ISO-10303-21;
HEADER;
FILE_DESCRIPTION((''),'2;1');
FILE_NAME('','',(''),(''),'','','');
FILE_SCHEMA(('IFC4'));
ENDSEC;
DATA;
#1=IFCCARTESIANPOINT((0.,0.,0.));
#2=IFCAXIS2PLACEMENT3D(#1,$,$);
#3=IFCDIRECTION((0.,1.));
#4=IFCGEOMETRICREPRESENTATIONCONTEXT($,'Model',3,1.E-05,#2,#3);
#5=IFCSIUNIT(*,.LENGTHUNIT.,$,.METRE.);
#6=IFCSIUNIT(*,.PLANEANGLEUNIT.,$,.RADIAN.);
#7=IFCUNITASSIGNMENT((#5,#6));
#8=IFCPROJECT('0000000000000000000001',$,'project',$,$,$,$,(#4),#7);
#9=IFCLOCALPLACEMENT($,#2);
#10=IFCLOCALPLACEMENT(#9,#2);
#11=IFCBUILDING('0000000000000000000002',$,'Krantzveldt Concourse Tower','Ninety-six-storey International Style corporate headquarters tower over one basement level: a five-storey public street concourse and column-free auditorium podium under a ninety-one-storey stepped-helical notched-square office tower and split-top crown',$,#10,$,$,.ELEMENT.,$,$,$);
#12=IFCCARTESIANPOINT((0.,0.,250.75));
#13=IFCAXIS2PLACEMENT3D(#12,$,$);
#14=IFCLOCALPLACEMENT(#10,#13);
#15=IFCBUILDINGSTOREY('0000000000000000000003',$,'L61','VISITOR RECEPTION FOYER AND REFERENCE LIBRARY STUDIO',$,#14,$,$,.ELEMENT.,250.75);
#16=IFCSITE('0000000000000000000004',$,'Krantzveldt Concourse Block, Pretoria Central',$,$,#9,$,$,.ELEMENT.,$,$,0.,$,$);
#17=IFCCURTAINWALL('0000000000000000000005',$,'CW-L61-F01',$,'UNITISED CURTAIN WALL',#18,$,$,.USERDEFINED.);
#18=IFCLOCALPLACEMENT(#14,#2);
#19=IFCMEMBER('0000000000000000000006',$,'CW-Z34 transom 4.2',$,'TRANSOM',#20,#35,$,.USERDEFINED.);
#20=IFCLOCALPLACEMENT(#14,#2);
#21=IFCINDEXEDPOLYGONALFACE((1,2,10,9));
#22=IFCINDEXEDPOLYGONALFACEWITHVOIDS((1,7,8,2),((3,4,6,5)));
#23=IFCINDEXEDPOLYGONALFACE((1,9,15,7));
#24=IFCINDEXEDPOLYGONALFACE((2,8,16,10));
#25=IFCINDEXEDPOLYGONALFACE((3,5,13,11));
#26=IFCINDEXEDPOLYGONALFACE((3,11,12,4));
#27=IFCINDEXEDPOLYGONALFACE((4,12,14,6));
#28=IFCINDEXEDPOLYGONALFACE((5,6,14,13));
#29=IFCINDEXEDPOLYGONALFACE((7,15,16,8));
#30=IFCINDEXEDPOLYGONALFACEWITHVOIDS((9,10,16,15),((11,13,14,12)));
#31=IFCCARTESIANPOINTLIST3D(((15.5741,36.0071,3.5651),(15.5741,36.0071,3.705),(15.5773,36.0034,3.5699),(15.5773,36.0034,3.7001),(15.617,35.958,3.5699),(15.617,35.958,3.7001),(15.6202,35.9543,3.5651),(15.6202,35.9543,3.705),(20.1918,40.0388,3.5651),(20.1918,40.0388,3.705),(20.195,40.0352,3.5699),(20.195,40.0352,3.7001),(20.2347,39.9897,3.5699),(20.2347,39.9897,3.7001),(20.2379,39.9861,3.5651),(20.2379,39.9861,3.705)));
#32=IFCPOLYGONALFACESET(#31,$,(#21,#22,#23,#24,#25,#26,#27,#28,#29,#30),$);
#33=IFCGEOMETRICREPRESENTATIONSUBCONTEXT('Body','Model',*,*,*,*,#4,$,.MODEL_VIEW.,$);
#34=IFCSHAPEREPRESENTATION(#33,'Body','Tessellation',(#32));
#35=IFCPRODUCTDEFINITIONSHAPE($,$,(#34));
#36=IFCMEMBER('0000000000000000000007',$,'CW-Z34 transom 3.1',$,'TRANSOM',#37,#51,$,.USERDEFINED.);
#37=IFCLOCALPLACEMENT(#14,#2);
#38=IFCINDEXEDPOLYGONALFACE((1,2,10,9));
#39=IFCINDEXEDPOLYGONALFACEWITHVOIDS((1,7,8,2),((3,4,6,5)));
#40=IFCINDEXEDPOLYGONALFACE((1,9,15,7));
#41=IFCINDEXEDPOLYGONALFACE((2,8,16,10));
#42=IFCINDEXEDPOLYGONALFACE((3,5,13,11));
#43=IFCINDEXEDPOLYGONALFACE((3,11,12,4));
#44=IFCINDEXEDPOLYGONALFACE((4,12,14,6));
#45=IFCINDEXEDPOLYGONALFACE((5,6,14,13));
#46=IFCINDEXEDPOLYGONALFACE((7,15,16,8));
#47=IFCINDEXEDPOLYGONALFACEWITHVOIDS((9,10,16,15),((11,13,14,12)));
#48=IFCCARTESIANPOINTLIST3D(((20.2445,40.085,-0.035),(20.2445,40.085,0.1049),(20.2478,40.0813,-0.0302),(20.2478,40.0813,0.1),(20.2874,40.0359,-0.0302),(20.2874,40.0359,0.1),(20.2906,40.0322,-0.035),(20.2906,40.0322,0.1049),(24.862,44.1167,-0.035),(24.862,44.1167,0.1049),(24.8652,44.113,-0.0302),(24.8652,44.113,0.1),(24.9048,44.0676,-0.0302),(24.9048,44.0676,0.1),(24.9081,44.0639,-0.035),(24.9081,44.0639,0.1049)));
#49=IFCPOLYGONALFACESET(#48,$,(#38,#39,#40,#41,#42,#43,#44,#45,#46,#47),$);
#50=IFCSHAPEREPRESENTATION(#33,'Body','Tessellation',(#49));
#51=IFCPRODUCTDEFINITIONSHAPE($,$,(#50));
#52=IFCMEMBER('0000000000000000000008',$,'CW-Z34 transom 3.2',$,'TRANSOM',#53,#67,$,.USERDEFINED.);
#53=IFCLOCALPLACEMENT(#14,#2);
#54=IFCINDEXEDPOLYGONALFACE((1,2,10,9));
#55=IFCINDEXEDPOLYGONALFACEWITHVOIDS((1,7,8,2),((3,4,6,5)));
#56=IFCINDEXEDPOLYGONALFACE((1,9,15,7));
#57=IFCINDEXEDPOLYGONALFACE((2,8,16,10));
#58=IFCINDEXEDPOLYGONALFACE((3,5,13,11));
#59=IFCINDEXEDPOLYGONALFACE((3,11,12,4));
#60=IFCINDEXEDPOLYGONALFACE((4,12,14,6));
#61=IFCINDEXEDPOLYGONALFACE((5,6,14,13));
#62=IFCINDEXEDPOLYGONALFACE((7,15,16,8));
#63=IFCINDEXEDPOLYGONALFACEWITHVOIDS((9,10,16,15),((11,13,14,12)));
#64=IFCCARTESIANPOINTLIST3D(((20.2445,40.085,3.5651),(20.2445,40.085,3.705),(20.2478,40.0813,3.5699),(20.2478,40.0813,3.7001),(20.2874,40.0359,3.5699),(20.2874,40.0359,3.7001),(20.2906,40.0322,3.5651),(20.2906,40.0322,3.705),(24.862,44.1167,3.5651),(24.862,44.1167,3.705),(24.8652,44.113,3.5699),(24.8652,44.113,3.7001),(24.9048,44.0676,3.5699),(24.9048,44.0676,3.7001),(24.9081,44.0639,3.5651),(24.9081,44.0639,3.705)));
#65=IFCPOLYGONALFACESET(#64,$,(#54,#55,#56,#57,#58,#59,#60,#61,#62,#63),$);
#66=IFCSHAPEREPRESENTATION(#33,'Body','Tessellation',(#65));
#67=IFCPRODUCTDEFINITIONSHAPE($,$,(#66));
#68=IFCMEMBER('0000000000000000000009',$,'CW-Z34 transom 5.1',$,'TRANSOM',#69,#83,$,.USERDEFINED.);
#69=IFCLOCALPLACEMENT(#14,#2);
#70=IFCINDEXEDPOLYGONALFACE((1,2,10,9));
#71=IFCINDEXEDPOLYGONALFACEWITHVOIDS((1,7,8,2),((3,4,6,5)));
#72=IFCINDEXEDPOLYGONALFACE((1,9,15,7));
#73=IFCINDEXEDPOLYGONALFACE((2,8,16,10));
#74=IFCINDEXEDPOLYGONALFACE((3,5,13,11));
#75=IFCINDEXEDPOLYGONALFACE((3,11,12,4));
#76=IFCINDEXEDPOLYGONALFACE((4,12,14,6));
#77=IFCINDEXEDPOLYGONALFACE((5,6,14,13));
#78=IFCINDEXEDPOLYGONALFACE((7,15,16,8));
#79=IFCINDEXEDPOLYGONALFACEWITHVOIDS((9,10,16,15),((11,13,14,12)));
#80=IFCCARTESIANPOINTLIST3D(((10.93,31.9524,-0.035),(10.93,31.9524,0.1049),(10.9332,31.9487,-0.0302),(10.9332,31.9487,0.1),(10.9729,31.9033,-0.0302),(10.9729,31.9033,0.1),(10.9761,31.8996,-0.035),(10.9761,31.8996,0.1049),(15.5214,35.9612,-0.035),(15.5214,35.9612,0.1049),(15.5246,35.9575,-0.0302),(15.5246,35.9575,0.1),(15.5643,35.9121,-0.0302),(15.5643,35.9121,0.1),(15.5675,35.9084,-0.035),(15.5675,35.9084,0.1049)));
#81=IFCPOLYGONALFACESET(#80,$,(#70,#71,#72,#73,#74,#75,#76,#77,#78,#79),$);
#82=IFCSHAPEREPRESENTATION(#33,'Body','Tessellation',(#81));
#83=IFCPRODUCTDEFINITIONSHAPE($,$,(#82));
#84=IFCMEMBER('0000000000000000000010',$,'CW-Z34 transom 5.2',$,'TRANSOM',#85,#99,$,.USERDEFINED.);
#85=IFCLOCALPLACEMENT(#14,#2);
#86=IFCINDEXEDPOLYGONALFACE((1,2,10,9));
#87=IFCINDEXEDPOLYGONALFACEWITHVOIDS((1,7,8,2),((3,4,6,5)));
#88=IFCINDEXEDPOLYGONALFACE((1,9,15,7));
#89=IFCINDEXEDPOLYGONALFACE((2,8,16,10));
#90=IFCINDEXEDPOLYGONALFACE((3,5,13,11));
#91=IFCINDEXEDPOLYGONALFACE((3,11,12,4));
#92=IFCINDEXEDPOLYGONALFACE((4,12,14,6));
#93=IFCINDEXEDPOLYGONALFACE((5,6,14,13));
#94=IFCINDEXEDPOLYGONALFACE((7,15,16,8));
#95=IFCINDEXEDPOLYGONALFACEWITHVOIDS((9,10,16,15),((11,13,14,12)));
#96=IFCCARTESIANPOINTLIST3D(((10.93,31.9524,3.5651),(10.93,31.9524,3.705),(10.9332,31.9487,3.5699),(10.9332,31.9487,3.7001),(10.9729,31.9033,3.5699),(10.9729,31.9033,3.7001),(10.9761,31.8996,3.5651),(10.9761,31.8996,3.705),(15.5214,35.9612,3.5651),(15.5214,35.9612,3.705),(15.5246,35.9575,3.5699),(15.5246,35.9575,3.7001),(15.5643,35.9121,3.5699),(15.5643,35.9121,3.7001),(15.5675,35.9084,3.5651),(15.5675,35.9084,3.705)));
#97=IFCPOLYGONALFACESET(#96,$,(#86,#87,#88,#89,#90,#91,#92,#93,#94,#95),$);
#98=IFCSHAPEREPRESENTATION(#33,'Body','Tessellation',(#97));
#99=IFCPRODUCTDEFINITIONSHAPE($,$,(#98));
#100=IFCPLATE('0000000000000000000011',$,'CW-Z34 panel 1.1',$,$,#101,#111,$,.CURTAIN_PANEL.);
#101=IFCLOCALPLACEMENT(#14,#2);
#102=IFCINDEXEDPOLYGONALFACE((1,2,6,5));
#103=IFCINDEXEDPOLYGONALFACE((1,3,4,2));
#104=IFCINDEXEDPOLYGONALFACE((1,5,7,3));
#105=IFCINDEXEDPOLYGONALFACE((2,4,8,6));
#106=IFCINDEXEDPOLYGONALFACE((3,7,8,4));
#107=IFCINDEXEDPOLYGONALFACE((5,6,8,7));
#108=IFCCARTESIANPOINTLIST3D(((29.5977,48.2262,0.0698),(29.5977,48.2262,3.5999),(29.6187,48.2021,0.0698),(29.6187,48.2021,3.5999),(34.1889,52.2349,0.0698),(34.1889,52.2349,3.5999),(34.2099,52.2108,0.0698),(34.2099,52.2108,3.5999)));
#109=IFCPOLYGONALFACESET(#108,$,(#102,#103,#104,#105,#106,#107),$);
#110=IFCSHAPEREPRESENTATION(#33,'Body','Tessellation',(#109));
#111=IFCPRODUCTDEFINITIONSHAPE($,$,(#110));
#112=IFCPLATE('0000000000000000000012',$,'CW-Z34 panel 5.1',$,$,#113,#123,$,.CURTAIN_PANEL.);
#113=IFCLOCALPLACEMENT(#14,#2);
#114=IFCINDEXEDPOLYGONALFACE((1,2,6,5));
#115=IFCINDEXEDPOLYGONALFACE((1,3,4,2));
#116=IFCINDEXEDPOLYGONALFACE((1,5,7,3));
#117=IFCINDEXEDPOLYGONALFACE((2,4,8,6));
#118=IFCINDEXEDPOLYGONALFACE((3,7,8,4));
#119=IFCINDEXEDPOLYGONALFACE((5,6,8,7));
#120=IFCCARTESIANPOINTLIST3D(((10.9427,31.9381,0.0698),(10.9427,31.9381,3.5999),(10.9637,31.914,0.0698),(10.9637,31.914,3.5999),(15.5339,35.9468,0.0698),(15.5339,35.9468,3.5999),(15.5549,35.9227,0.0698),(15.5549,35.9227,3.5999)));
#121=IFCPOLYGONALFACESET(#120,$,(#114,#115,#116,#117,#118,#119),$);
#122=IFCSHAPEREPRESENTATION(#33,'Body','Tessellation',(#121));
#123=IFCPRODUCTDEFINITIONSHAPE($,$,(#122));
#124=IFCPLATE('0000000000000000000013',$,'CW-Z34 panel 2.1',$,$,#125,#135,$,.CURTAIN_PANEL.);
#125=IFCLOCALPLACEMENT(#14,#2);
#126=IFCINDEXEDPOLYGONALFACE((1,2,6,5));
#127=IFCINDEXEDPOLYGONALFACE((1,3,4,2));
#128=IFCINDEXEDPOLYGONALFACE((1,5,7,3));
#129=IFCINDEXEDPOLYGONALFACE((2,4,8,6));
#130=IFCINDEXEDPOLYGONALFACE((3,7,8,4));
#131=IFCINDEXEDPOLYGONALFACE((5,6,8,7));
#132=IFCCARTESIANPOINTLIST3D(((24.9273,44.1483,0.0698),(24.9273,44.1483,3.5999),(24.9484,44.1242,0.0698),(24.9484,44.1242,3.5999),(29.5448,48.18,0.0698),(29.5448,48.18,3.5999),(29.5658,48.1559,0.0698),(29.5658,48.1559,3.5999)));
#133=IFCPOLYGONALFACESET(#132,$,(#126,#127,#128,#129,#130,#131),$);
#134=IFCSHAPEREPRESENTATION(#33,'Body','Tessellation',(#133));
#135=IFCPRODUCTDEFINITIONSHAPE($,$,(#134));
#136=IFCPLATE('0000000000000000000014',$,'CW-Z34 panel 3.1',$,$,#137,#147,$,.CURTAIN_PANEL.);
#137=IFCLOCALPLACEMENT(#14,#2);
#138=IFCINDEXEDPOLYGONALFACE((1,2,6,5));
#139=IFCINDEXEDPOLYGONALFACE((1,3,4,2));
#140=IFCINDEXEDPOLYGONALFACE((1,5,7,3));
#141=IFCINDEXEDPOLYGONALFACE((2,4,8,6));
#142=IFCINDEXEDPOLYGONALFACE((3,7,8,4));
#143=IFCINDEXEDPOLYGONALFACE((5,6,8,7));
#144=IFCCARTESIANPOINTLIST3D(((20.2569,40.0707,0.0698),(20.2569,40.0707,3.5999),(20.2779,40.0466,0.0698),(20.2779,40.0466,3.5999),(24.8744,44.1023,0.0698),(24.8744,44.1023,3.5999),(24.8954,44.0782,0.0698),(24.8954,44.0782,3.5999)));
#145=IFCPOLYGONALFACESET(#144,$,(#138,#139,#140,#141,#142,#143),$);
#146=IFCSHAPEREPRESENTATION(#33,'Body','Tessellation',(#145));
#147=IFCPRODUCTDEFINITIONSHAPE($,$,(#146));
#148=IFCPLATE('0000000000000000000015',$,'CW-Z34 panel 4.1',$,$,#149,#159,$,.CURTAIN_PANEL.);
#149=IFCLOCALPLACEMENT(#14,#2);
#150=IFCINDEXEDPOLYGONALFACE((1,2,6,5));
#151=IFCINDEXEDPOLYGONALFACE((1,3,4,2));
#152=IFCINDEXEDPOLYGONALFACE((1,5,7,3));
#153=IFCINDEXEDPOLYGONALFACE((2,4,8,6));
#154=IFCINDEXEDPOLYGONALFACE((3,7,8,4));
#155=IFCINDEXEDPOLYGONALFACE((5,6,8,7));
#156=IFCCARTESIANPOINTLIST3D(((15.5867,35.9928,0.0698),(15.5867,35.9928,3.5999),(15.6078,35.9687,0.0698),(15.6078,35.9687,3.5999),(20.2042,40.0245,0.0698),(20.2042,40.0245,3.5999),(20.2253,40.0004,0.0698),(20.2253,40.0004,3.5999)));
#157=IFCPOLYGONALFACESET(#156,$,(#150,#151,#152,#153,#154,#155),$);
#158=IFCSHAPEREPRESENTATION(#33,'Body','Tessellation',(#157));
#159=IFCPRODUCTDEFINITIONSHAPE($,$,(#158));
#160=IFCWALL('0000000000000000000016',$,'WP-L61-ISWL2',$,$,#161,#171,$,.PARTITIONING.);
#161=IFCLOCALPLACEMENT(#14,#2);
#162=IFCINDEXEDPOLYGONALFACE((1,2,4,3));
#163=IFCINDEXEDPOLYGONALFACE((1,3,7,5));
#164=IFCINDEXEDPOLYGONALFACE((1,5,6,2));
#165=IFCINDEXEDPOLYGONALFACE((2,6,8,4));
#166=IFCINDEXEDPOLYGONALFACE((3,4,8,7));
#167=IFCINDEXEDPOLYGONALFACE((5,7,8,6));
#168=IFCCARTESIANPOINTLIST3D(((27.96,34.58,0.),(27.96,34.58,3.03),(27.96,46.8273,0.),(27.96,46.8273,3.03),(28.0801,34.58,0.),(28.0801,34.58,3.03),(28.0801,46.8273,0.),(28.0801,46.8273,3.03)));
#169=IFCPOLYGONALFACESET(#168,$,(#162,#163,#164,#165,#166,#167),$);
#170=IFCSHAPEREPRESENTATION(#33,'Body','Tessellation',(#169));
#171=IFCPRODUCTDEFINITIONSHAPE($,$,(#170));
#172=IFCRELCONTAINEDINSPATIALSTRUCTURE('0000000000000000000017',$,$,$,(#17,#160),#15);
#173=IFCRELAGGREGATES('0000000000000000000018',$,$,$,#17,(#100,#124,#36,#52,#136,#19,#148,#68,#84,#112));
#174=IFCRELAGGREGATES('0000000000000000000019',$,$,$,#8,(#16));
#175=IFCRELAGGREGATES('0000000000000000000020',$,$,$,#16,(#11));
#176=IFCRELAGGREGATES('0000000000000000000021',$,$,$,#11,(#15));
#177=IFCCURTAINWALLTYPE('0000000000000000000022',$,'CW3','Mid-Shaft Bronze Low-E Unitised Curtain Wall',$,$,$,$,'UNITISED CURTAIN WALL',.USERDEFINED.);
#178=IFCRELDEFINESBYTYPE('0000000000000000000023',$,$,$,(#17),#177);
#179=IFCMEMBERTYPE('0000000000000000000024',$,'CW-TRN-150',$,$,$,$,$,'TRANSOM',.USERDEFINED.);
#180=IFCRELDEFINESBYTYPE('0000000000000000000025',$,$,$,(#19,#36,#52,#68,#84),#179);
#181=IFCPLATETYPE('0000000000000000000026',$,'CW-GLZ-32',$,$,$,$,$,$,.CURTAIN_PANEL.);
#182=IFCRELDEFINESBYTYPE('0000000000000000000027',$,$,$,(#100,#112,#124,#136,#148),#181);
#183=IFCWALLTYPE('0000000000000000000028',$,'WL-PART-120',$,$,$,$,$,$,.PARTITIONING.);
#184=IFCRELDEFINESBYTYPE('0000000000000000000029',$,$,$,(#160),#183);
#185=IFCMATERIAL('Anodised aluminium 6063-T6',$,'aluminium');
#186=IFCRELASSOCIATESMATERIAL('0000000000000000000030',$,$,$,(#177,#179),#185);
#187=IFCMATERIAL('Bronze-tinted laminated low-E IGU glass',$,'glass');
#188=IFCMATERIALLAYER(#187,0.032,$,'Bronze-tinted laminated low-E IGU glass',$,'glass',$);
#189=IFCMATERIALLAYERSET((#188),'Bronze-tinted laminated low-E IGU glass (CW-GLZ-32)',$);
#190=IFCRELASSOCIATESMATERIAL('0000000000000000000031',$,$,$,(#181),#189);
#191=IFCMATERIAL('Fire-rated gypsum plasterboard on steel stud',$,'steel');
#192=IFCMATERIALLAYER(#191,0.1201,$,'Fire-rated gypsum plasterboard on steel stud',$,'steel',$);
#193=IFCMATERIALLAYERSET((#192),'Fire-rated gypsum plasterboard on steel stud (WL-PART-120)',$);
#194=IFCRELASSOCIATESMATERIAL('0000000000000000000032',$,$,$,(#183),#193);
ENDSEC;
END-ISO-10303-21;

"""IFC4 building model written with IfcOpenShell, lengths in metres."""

from ifc_helpers import new_model, si_unit, direction, frame, frame_2d, origin, origin_2d, place, context, subcontext, project, spatial, rectangle, hollow_rectangle, extrude, source, transform, mapped, material, layer, layer_set, material_profile, profile_set, type_object, type_shapes, element, aggregate, save


model = new_model("IFC4")

# Units and contexts
model_context = context("Model", 3, precision=1e-05, world=origin(), true_north=direction((0.0, 1.0)))
body_context = subcontext(model_context, "Body", "Model", "MODEL_VIEW")
ifc_project = project(units=[si_unit("LENGTHUNIT", "METRE"), si_unit("PLANEANGLEUNIT", "RADIAN")], contexts=[model_context])

# Site, building, storey
site_placement = place(None, origin())
site = spatial("IfcSite", under=ifc_project, at=site_placement, Name="Krantzveldt Concourse Block, Pretoria Central", CompositionType="ELEMENT", RefElevation=0.0)
building_placement = place(site_placement, origin())
building = spatial("IfcBuilding", under=site, at=building_placement, Name="Krantzveldt Concourse Tower", Description="Ninety-six-storey International Style corporate headquarters tower over one basement level: a five-storey public street concourse and column-free auditorium podium under a ninety-one-storey stepped-helical notched-square office tower and split-top crown", CompositionType="ELEMENT")
storey_placement = place(building_placement, frame((0.0, 0.0, 250.75)))
storey = spatial("IfcBuildingStorey", under=building, at=storey_placement, Name="L61", Description="VISITOR RECEPTION FOYER AND REFERENCE LIBRARY STUDIO", CompositionType="ELEMENT", Elevation=250.75)

# Curtain wall, members, plates
ifc_material_1 = material(Name="Anodised aluminium 6063-T6", Category="aluminium")
curtain_wall_type = type_object("IfcCurtainWallType", Name="CW3", Description="Mid-Shaft Bronze Low-E Unitised Curtain Wall", ElementType="UNITISED CURTAIN WALL", PredefinedType="USERDEFINED", material=ifc_material_1)
curtain_wall_placement = place(storey_placement, origin())
curtain_wall = element("IfcCurtainWall", 1, at=curtain_wall_placement, inside=storey, type_object=curtain_wall_type, Name="CW-L61-F01", ObjectType="UNITISED CURTAIN WALL", PredefinedType="USERDEFINED")
ifc_material_profile_1 = material_profile(ifc_material_1, hollow_rectangle(XDim=0.0701, YDim=0.1399, WallThickness=0.0049, at=origin_2d()), Name="Anodised aluminium 6063-T6", Category="aluminium")
ifc_profile_set_1 = profile_set([ifc_material_profile_1], Name="Anodised aluminium 6063-T6 - ALU-TRAN 140x70x5")
member_type_1 = type_object("IfcMemberType", Name="CW-TRN-150", ElementType="TRANSOM", PredefinedType="USERDEFINED", material=ifc_profile_set_1)
shared_shape_1 = source(origin(), body_context, "Body", "SweptSolid", [
    extrude(hollow_rectangle(XDim=0.0701, YDim=0.1399, WallThickness=0.0049, at=origin_2d()), origin(), (0.0, 0.0, 1.0), 6.1301),
])
member_1_placement = place(storey_placement, frame((20.2148, 40.0125, 3.635), z_axis=(-0.753282, -0.657698, 0.0), x_axis=(0.657698, -0.753282, 0.0)))
member_1 = element("IfcMember", 2, at=member_1_placement, type_object=member_type_1, Name="CW-Z34 transom 4.2", ObjectType="TRANSOM", PredefinedType="USERDEFINED", context=body_context, shape_type="MappedRepresentation", body=[
    mapped(shared_shape_1, transform((0.0, 0.0, 0.0), x_axis=(1.0, 0.0, 0.0), y_axis=(0.0, 1.0, 0.0), z_axis=(0.0, 0.0, 1.0), scale=1.0)),
])
shared_shape_2 = source(origin(), body_context, "Body", "SweptSolid", [
    extrude(hollow_rectangle(XDim=0.0701, YDim=0.1399, WallThickness=0.0049, at=origin_2d()), origin(), (0.0, 0.0, 1.0), 6.1299),
])
member_2_placement = place(storey_placement, frame((24.885, 44.0903, 0.0349), z_axis=(-0.753265, -0.657718, 0.0), x_axis=(0.657718, -0.753265, 0.0)))
member_2 = element("IfcMember", 3, at=member_2_placement, type_object=member_type_1, Name="CW-Z34 transom 3.1", ObjectType="TRANSOM", PredefinedType="USERDEFINED", context=body_context, shape_type="MappedRepresentation", body=[
    mapped(shared_shape_2, transform((0.0, 0.0, 0.0), x_axis=(1.0, 0.0, 0.0), y_axis=(0.0, 1.0, 0.0), z_axis=(0.0, 0.0, 1.0), scale=1.0)),
])
member_3_placement = place(storey_placement, frame((24.885, 44.0903, 3.635), z_axis=(-0.753265, -0.657718, 0.0), x_axis=(0.657718, -0.753265, 0.0)))
member_3 = element("IfcMember", 4, at=member_3_placement, type_object=member_type_1, Name="CW-Z34 transom 3.2", ObjectType="TRANSOM", PredefinedType="USERDEFINED", context=body_context, shape_type="MappedRepresentation", body=[
    mapped(shared_shape_2, transform((0.0, 0.0, 0.0), x_axis=(1.0, 0.0, 0.0), y_axis=(0.0, 1.0, 0.0), z_axis=(0.0, 0.0, 1.0), scale=1.0)),
])
shared_shape_3 = source(origin(), body_context, "Body", "SweptSolid", [
    extrude(hollow_rectangle(XDim=0.0701, YDim=0.1399, WallThickness=0.0049, at=origin_2d()), origin(), (0.0, 0.0, 1.0), 6.0952),
])
type_shapes(member_type_1, [shared_shape_1, shared_shape_2, shared_shape_3])
member_4_placement = place(storey_placement, frame((15.5444, 35.9348, 0.0349), z_axis=(-0.753276, -0.657705, 0.0), x_axis=(0.657705, -0.753276, 0.0)))
member_4 = element("IfcMember", 5, at=member_4_placement, type_object=member_type_1, Name="CW-Z34 transom 5.1", ObjectType="TRANSOM", PredefinedType="USERDEFINED", context=body_context, shape_type="MappedRepresentation", body=[
    mapped(shared_shape_3, transform((0.0, 0.0, 0.0), x_axis=(1.0, 0.0, 0.0), y_axis=(0.0, 1.0, 0.0), z_axis=(0.0, 0.0, 1.0), scale=1.0)),
])
member_5_placement = place(storey_placement, frame((15.5444, 35.9348, 3.635), z_axis=(-0.753276, -0.657705, 0.0), x_axis=(0.657705, -0.753276, 0.0)))
member_5 = element("IfcMember", 6, at=member_5_placement, type_object=member_type_1, Name="CW-Z34 transom 5.2", ObjectType="TRANSOM", PredefinedType="USERDEFINED", context=body_context, shape_type="MappedRepresentation", body=[
    mapped(shared_shape_3, transform((0.0, 0.0, 0.0), x_axis=(1.0, 0.0, 0.0), y_axis=(0.0, 1.0, 0.0), z_axis=(0.0, 0.0, 1.0), scale=1.0)),
])
ifc_material_2 = material(Name="Bronze-tinted laminated low-E IGU glass", Category="glass")
ifc_layer_1 = layer(ifc_material_2, 0.032, Name="Bronze-tinted laminated low-E IGU glass", Category="glass")
ifc_layer_set_1 = layer_set([ifc_layer_1], Name="Bronze-tinted laminated low-E IGU glass (CW-GLZ-32)")
plate_type = type_object("IfcPlateType", Name="CW-GLZ-32", PredefinedType="CURTAIN_PANEL", material=ifc_layer_set_1)
shared_shape_4 = source(origin(), body_context, "Body", "SweptSolid", [
    extrude(rectangle(XDim=6.095, YDim=0.032, at=origin_2d()), origin(), (0.0, 0.0, 1.0), 3.53),
])
plate_1_placement = place(storey_placement, frame((31.9038, 50.2185, 0.0698), z_axis=(0.0, 0.0, 1.0), x_axis=(-0.753277, -0.657704, 0.0)))
plate_1 = element("IfcPlate", 7, at=plate_1_placement, type_object=plate_type, Name="CW-Z34 panel 1.1", PredefinedType="CURTAIN_PANEL", context=body_context, shape_type="MappedRepresentation", body=[
    mapped(shared_shape_4, transform((0.0, 0.0, 0.0), x_axis=(1.0, 0.0, 0.0), y_axis=(0.0, 1.0, 0.0), z_axis=(0.0, 0.0, 1.0), scale=1.0)),
])
plate_2_placement = place(storey_placement, frame((13.2488, 33.9304, 0.0698), z_axis=(0.0, 0.0, 1.0), x_axis=(-0.753277, -0.657704, 0.0)))
plate_2 = element("IfcPlate", 8, at=plate_2_placement, type_object=plate_type, Name="CW-Z34 panel 5.1", PredefinedType="CURTAIN_PANEL", context=body_context, shape_type="MappedRepresentation", body=[
    mapped(shared_shape_4, transform((0.0, 0.0, 0.0), x_axis=(1.0, 0.0, 0.0), y_axis=(0.0, 1.0, 0.0), z_axis=(0.0, 0.0, 1.0), scale=1.0)),
])
shared_shape_5 = source(origin(), body_context, "Body", "SweptSolid", [
    extrude(rectangle(XDim=6.1299, YDim=0.032, at=origin_2d()), origin(), (0.0, 0.0, 1.0), 3.53),
])
type_shapes(plate_type, [shared_shape_4, shared_shape_5])
plate_3_placement = place(storey_placement, frame((27.2466, 46.1521, 0.0698), z_axis=(0.0, 0.0, 1.0), x_axis=(-0.753277, -0.657704, 0.0)))
plate_3 = element("IfcPlate", 9, at=plate_3_placement, type_object=plate_type, Name="CW-Z34 panel 2.1", PredefinedType="CURTAIN_PANEL", context=body_context, shape_type="MappedRepresentation", body=[
    mapped(shared_shape_5, transform((0.0, 0.0, 0.0), x_axis=(1.0, 0.0, 0.0), y_axis=(0.0, 1.0, 0.0), z_axis=(0.0, 0.0, 1.0), scale=1.0)),
])
plate_4_placement = place(storey_placement, frame((22.5762, 42.0745, 0.0698), z_axis=(0.0, 0.0, 1.0), x_axis=(-0.753277, -0.657704, 0.0)))
plate_4 = element("IfcPlate", 10, at=plate_4_placement, type_object=plate_type, Name="CW-Z34 panel 3.1", PredefinedType="CURTAIN_PANEL", context=body_context, shape_type="MappedRepresentation", body=[
    mapped(shared_shape_5, transform((0.0, 0.0, 0.0), x_axis=(1.0, 0.0, 0.0), y_axis=(0.0, 1.0, 0.0), z_axis=(0.0, 0.0, 1.0), scale=1.0)),
])
plate_5_placement = place(storey_placement, frame((17.906, 37.9966, 0.0698), z_axis=(0.0, 0.0, 1.0), x_axis=(-0.753277, -0.657704, 0.0)))
plate_5 = element("IfcPlate", 11, at=plate_5_placement, type_object=plate_type, Name="CW-Z34 panel 4.1", PredefinedType="CURTAIN_PANEL", context=body_context, shape_type="MappedRepresentation", body=[
    mapped(shared_shape_5, transform((0.0, 0.0, 0.0), x_axis=(1.0, 0.0, 0.0), y_axis=(0.0, 1.0, 0.0), z_axis=(0.0, 0.0, 1.0), scale=1.0)),
])
aggregate(curtain_wall, [plate_1, plate_3, member_2, member_3, plate_4, member_1, plate_5, member_4, member_5, plate_2])

# Wall
ifc_material_3 = material(Name="Fire-rated gypsum plasterboard on steel stud", Category="steel")
ifc_layer_2 = layer(ifc_material_3, 0.1201, Name="Fire-rated gypsum plasterboard on steel stud", Category="steel")
ifc_layer_set_2 = layer_set([ifc_layer_2], Name="Fire-rated gypsum plasterboard on steel stud (WL-PART-120)")
wall_type_1 = type_object("IfcWallType", Name="WL-PART-120", PredefinedType="PARTITIONING", material=ifc_layer_set_2)
wall_1_placement = place(storey_placement, frame((28.02, 34.5801, 0.0), z_axis=(0.0, 0.0, 1.0), x_axis=(0.0, 1.0, 0.0)))
element("IfcWall", 12, at=wall_1_placement, inside=storey, type_object=wall_type_1, Name="WP-L61-ISWL2", PredefinedType="PARTITIONING", context=body_context, shape_type="SweptSolid", body=[
    extrude(rectangle(XDim=12.2473, YDim=0.1201, at=frame_2d((6.1235, 0.0))), origin(), (0.0, 0.0, 1.0), 3.03),
])

save(model, "model.ifc")
